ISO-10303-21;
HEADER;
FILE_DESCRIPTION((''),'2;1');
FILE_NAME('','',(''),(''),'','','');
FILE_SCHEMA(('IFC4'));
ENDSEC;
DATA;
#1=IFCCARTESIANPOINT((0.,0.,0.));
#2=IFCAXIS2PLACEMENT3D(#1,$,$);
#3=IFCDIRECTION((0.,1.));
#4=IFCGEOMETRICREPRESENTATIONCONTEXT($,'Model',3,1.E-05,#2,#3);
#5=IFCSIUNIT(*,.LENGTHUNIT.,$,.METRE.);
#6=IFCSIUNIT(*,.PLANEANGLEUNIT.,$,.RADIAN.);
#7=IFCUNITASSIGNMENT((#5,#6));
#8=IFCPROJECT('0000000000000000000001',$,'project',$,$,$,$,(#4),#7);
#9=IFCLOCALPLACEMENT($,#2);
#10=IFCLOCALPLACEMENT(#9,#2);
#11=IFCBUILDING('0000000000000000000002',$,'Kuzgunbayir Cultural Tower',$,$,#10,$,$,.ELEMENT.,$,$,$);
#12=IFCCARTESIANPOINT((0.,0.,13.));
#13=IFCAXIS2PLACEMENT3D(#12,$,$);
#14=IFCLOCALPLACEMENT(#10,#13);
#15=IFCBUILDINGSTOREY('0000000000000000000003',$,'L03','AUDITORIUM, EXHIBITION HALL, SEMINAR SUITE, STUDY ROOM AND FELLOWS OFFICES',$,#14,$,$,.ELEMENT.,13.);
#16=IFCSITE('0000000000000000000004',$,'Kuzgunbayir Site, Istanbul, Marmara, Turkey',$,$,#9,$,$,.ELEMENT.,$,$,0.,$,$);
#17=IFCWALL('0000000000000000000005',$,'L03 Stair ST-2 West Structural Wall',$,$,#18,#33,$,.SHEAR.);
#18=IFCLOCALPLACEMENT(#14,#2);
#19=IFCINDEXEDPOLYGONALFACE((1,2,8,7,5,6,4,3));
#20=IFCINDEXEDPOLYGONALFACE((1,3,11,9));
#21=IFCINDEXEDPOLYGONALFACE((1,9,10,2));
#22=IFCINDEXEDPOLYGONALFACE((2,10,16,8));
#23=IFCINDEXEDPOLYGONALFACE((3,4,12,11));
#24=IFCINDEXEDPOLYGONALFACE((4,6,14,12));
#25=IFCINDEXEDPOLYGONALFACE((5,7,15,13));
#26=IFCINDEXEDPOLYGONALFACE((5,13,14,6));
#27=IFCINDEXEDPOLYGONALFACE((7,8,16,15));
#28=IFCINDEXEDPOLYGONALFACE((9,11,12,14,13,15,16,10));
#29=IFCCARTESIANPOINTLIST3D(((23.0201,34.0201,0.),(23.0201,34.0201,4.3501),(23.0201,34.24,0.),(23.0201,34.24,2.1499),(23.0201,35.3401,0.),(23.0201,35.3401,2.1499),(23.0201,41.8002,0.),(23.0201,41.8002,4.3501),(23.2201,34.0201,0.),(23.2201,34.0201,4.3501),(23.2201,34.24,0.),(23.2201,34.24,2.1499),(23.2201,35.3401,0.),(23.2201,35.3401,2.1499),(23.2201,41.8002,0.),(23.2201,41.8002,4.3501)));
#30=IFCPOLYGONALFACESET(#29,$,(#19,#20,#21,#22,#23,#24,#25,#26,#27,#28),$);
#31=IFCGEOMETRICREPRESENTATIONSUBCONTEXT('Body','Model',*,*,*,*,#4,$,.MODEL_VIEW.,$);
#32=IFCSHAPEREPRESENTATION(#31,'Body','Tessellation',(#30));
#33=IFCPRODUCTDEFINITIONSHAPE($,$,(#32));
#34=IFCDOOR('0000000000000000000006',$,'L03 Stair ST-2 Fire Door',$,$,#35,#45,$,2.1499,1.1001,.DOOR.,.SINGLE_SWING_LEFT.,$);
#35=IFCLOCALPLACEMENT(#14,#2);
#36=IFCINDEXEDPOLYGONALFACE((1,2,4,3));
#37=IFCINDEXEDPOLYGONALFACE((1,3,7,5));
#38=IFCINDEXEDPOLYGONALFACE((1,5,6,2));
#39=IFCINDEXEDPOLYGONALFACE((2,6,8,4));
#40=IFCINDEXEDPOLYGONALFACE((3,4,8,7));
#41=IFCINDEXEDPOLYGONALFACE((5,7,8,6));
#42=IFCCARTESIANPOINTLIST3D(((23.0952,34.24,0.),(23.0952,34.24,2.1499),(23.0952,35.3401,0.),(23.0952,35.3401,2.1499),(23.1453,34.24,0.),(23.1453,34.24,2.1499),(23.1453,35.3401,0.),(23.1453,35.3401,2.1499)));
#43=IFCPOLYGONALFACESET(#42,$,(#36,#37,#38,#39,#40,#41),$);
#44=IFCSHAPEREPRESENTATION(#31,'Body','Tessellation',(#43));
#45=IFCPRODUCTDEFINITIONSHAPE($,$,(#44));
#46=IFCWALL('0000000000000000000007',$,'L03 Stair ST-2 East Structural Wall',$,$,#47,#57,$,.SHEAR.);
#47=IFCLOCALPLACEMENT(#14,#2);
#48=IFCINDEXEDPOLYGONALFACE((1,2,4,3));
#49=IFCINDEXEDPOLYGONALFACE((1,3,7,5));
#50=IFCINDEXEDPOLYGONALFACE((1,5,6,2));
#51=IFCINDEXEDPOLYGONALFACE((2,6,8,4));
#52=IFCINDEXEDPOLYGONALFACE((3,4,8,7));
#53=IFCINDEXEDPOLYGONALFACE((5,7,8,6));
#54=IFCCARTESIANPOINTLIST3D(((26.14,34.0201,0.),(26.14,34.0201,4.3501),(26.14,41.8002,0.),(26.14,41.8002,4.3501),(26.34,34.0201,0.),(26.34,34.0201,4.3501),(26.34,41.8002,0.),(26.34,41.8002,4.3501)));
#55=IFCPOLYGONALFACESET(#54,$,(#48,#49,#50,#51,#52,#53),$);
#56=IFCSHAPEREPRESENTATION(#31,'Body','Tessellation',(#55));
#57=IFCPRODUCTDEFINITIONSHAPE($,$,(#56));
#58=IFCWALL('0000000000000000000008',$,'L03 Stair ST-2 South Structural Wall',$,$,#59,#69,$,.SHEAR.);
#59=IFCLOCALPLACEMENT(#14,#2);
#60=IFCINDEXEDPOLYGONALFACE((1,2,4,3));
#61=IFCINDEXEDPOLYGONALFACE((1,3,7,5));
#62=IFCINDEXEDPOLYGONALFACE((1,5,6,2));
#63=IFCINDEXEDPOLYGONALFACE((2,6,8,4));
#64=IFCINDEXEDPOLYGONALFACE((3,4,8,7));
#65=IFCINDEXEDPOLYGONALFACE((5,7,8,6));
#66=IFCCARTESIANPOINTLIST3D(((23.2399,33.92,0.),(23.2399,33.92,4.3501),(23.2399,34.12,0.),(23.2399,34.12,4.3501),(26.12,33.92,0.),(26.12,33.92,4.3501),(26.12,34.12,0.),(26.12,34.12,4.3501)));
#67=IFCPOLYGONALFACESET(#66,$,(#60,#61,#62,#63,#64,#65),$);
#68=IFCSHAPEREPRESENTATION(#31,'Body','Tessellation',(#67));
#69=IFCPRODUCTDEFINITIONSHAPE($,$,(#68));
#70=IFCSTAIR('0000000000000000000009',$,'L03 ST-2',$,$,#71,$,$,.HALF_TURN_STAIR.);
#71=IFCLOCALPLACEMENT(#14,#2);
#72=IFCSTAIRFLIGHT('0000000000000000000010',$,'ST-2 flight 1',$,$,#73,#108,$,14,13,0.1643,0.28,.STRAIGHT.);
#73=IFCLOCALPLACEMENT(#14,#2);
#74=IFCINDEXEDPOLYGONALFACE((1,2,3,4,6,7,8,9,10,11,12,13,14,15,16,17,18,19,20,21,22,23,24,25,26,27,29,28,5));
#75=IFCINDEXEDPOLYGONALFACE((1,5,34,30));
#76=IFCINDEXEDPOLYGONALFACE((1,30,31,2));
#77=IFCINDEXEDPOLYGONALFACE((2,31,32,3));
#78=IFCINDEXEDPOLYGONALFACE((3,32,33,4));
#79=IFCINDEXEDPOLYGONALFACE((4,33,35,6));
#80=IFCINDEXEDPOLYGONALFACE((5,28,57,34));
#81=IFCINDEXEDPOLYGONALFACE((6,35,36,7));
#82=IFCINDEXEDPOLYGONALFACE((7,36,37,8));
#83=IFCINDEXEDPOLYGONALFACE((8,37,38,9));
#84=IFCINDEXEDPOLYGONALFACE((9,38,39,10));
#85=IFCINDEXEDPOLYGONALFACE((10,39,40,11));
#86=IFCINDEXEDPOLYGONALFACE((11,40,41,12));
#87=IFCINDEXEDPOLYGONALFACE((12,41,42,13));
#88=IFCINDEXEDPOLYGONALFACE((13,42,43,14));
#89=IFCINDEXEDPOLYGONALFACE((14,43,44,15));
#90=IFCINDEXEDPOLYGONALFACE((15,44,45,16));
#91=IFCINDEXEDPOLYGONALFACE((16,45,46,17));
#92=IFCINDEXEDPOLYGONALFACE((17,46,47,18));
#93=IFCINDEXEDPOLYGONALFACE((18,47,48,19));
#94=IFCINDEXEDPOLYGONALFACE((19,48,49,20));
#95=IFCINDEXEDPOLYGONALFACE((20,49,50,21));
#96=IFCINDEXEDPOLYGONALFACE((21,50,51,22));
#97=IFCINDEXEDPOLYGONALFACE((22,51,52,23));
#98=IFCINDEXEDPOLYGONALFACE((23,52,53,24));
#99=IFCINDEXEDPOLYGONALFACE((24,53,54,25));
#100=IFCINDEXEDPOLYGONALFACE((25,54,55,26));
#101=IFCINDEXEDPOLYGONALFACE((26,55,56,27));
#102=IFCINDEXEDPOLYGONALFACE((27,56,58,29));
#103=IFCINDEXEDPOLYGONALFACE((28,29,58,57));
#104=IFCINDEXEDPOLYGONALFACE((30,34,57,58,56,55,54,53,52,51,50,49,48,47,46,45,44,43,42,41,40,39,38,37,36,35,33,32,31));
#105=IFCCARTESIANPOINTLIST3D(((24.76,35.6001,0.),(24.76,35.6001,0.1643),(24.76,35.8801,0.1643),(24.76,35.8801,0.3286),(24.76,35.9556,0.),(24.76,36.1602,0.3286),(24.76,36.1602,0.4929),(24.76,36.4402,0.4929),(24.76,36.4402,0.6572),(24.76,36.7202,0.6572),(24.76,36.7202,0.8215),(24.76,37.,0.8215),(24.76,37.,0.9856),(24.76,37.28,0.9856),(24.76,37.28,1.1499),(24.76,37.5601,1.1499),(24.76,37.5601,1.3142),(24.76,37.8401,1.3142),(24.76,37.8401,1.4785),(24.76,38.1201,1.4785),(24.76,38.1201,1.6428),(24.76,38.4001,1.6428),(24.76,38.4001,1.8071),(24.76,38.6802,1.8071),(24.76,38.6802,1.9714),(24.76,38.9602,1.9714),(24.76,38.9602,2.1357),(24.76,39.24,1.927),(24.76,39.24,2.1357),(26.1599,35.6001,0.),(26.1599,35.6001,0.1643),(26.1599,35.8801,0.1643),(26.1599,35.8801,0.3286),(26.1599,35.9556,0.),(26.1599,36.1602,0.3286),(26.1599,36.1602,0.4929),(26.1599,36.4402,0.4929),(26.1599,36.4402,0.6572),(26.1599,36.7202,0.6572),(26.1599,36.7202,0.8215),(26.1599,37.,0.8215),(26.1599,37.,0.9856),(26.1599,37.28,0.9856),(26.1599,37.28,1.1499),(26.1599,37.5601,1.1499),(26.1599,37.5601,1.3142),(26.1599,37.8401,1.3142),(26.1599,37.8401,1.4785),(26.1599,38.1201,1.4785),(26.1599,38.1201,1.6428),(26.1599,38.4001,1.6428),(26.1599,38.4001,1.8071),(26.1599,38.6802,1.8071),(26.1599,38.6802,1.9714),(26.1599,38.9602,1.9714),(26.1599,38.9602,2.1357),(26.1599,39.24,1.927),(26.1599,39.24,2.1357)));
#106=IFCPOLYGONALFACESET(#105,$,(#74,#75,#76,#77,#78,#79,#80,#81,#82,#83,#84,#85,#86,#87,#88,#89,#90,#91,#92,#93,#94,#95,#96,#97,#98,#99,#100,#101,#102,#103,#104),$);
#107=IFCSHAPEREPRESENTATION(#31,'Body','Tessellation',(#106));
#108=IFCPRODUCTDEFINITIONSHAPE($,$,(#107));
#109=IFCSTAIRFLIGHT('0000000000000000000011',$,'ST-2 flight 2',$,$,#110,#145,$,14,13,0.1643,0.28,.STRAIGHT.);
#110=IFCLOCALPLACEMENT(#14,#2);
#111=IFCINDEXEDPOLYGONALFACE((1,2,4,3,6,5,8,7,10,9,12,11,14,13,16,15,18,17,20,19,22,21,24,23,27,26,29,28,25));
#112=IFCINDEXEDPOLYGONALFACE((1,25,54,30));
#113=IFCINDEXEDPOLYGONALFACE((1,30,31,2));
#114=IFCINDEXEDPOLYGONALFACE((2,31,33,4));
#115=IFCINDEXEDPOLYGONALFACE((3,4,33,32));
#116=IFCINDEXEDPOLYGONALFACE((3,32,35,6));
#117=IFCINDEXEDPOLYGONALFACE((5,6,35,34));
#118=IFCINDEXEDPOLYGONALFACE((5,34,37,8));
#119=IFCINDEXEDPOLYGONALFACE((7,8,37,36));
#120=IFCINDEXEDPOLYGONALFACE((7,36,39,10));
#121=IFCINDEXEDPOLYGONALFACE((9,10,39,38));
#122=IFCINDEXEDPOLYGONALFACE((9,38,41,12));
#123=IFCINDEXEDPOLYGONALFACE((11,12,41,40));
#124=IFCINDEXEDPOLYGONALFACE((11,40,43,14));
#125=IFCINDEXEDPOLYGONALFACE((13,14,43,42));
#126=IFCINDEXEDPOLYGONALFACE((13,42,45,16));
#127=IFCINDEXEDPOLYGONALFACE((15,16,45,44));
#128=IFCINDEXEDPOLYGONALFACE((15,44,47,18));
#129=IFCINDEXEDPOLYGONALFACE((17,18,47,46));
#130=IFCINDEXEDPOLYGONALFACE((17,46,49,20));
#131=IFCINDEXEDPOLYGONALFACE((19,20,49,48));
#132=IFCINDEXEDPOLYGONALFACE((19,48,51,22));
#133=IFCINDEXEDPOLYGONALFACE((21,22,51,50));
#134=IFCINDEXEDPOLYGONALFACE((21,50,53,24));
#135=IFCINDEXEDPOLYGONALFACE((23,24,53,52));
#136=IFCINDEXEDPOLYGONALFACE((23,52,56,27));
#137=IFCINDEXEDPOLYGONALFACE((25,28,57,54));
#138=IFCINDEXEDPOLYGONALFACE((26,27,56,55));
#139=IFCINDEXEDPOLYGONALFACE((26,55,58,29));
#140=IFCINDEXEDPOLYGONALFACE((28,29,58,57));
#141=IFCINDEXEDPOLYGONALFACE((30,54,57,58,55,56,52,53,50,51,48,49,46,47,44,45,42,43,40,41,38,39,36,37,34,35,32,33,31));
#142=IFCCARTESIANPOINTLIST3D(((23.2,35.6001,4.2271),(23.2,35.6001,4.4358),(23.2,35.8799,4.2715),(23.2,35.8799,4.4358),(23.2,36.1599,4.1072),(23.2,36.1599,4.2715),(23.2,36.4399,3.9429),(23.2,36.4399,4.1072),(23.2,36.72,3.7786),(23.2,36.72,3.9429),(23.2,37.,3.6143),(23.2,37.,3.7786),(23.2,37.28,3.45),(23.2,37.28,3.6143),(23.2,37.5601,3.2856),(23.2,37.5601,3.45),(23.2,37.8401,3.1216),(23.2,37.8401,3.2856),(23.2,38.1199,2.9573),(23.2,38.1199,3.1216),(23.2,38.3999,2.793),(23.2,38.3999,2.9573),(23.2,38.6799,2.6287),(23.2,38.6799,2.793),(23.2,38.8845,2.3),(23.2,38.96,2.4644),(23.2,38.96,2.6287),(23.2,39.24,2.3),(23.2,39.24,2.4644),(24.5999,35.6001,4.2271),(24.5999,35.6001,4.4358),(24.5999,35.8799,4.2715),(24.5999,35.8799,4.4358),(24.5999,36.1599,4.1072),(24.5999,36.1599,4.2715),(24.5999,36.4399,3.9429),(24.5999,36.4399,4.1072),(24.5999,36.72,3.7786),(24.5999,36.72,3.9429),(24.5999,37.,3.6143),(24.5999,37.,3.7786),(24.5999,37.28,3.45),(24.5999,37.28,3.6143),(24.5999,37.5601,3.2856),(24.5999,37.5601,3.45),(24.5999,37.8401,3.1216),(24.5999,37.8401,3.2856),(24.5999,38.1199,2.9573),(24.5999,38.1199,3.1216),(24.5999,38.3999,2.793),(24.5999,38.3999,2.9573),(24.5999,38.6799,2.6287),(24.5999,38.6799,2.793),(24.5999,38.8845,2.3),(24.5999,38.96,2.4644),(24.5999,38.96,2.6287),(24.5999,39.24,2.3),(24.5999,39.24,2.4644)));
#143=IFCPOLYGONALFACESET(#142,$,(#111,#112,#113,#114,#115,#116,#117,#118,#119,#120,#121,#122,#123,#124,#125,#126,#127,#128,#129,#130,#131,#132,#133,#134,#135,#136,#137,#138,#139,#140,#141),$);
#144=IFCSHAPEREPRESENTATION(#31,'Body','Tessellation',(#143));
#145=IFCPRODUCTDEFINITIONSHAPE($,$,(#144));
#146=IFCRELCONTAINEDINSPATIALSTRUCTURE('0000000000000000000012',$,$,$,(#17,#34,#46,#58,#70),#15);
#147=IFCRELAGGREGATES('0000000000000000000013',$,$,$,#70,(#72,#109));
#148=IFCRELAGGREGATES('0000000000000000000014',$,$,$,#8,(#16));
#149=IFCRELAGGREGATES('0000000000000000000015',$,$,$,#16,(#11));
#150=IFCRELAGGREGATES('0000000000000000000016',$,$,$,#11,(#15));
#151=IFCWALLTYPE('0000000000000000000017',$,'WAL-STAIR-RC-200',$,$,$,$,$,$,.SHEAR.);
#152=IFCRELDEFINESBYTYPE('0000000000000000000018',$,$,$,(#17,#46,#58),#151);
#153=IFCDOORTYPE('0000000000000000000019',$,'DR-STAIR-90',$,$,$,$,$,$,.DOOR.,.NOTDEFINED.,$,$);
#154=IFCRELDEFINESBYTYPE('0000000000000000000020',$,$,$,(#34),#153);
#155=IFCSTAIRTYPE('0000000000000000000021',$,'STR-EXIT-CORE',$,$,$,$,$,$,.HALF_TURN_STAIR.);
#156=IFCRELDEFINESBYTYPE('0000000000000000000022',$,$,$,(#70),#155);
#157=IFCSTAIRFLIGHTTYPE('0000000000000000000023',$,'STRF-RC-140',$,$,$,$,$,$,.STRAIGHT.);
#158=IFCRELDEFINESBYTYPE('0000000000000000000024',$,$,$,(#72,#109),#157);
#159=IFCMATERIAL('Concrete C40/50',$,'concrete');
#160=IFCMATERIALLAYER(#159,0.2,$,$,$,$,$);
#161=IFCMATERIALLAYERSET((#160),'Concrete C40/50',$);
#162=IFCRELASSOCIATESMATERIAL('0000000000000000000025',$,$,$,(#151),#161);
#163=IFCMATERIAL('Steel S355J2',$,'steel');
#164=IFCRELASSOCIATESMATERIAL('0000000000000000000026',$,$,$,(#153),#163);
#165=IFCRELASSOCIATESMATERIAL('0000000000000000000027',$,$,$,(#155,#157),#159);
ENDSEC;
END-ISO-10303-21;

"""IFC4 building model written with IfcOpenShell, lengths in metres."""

from ifc_helpers import new_model, si_unit, direction, frame, frame_2d, origin, place, context, subcontext, project, spatial, polyline, rectangle, outline, extrude, material, layer, layer_set, type_object, element, fill, aggregate, save


model = new_model("IFC4")

# Units and contexts
model_context = context("Model", 3, precision=1e-05, world=origin(), true_north=direction((0.0, 1.0)))
body_context = subcontext(model_context, "Body", "Model", "MODEL_VIEW")
ifc_project = project(units=[si_unit("LENGTHUNIT", "METRE"), si_unit("PLANEANGLEUNIT", "RADIAN")], contexts=[model_context])

# Site, building, storey
site_placement = place(None, origin())
site = spatial("IfcSite", under=ifc_project, at=site_placement, Name="Kuzgunbayir Site, Istanbul, Marmara, Turkey", CompositionType="ELEMENT", RefElevation=0.0)
building_placement = place(site_placement, origin())
building = spatial("IfcBuilding", under=site, at=building_placement, Name="Kuzgunbayir Cultural Tower", CompositionType="ELEMENT")
storey_placement = place(building_placement, frame((0.0, 0.0, 13.0)))
storey = spatial("IfcBuildingStorey", under=building, at=storey_placement, Name="L03", Description="AUDITORIUM, EXHIBITION HALL, SEMINAR SUITE, STUDY ROOM AND FELLOWS OFFICES", CompositionType="ELEMENT", Elevation=13.0)

# Shared definitions
ifc_material_1 = material(Name="Steel S355J2", Category="steel")

# Shared definitions
ifc_material_2 = material(Name="Concrete C40/50", Category="concrete")

# Wall, opening, door
ifc_layer_1 = layer(ifc_material_2, 0.2)
ifc_layer_set_1 = layer_set([ifc_layer_1], Name="Concrete C40/50")
wall_type_1 = type_object("IfcWallType", Name="WAL-STAIR-RC-200", PredefinedType="SHEAR", material=ifc_layer_set_1)
wall_1_placement = place(storey_placement, frame((23.1201, 34.02, 0.0), z_axis=(0.0, 0.0, 1.0), x_axis=(0.0, 1.0, 0.0)))
wall_1 = element("IfcWall", 1, at=wall_1_placement, inside=storey, type_object=wall_type_1, Name="L03 Stair ST-2 West Structural Wall", PredefinedType="SHEAR", context=body_context, shape_type="SweptSolid", body=[
    extrude(rectangle(XDim=7.78, YDim=0.2, at=frame_2d((3.8901, 0.0))), origin(), (0.0, 0.0, 1.0), 4.3501),
])
opening_1_placement = place(wall_1_placement, frame((0.22, 0.0, 0.0)))
opening_1 = element("IfcOpeningElement", 2, at=opening_1_placement, cuts=wall_1, PredefinedType="OPENING", context=body_context, shape_type="SweptSolid", body=[
    extrude(rectangle(XDim=1.1001, YDim=2.1499, at=frame_2d((0.55, 1.075))), frame((0.0, 0.1099, 0.0), z_axis=(0.0, -1.0, 0.0), x_axis=(1.0, 0.0, 0.0)), (0.0, 0.0, 1.0), 0.22),
])
door_type_1 = type_object("IfcDoorType", Name="DR-STAIR-90", OperationType="NOTDEFINED", PredefinedType="DOOR", material=ifc_material_1)
door_1_placement = place(opening_1_placement, origin())
door_1 = element("IfcDoor", 3, at=door_1_placement, inside=storey, type_object=door_type_1, Name="L03 Stair ST-2 Fire Door", OperationType="SINGLE_SWING_LEFT", OverallHeight=2.1499, OverallWidth=1.1001, PredefinedType="DOOR", context=body_context, shape_type="SweptSolid", body=[
    extrude(rectangle(XDim=1.1001, YDim=2.1499, at=frame_2d((0.55, 1.075))), frame((0.0, 0.0249, 0.0), z_axis=(0.0, -1.0, 0.0), x_axis=(1.0, 0.0, 0.0)), (0.0, 0.0, 1.0), 0.05),
])
fill(opening_1, door_1)

# Walls
wall_2_placement = place(storey_placement, frame((26.24, 34.02, 0.0), z_axis=(0.0, 0.0, 1.0), x_axis=(0.0, 1.0, 0.0)))
element("IfcWall", 4, at=wall_2_placement, inside=storey, type_object=wall_type_1, Name="L03 Stair ST-2 East Structural Wall", PredefinedType="SHEAR", context=body_context, shape_type="SweptSolid", body=[
    extrude(rectangle(XDim=7.78, YDim=0.2, at=frame_2d((3.8901, 0.0))), origin(), (0.0, 0.0, 1.0), 4.3501),
])
wall_3_placement = place(storey_placement, frame((23.24, 34.02, 0.0), z_axis=(0.0, 0.0, 1.0), x_axis=(1.0, 0.0, 0.0)))
element("IfcWall", 5, at=wall_3_placement, inside=storey, type_object=wall_type_1, Name="L03 Stair ST-2 South Structural Wall", PredefinedType="SHEAR", context=body_context, shape_type="SweptSolid", body=[
    extrude(rectangle(XDim=2.8801, YDim=0.2, at=frame_2d((1.4399, 0.0))), origin(), (0.0, 0.0, 1.0), 4.3501),
])

# Stair, stair flights
stair_type = type_object("IfcStairType", Name="STR-EXIT-CORE", PredefinedType="HALF_TURN_STAIR", material=ifc_material_2)
stair_placement = place(storey_placement, origin())
stair = element("IfcStair", 6, at=stair_placement, inside=storey, type_object=stair_type, Name="L03 ST-2", PredefinedType="HALF_TURN_STAIR")
stair_flight_type = type_object("IfcStairFlightType", Name="STRF-RC-140", PredefinedType="STRAIGHT", material=ifc_material_2)
stair_flight_1_placement = place(storey_placement, frame((25.46, 35.6001, 0.0), z_axis=(0.0, 0.0, 1.0), x_axis=(0.0, 1.0, 0.0)))
stair_flight_1 = element("IfcStairFlight", 7, at=stair_flight_1_placement, type_object=stair_flight_type, Name="ST-2 flight 1", NumberOfRisers=14, NumberOfTreads=13, PredefinedType="STRAIGHT", RiserHeight=0.1643, TreadLength=0.28, context=body_context, shape_type="SweptSolid", body=[
    extrude(outline(polyline([(0.0, 0.0), (0.0, 0.1643), (0.28, 0.1643), (0.28, 0.3286), (0.5601, 0.3286), (0.5601, 0.4929), (0.8401, 0.4929), (0.8401, 0.6572), (1.1201, 0.6572), (1.1201, 0.8215), (1.3999, 0.8215), (1.3999, 0.9856), (1.6799, 0.9856), (1.6799, 1.1499), (1.96, 1.1499), (1.96, 1.3142), (2.24, 1.3142), (2.24, 1.4785), (2.52, 1.4785), (2.52, 1.6428), (2.8, 1.6428), (2.8, 1.8071), (3.0801, 1.8071), (3.0801, 1.9714), (3.3601, 1.9714), (3.3601, 2.1357), (3.6399, 2.1357), (3.6399, 2.3), (3.6399, 1.927), (0.3555, 0.0), (0.0, 0.0)])), frame((0.0, 0.7, 0.0), z_axis=(0.0, -1.0, 0.0), x_axis=(1.0, 0.0, 0.0)), (0.0, 0.0, 1.0), 1.3999),
])
stair_flight_2_placement = place(storey_placement, frame((23.8999, 39.24, 2.3), z_axis=(0.0, 0.0, 1.0), x_axis=(0.0, -1.0, 0.0)))
stair_flight_2 = element("IfcStairFlight", 8, at=stair_flight_2_placement, type_object=stair_flight_type, Name="ST-2 flight 2", NumberOfRisers=14, NumberOfTreads=13, PredefinedType="STRAIGHT", RiserHeight=0.1643, TreadLength=0.28, context=body_context, shape_type="SweptSolid", body=[
    extrude(outline(polyline([(0.0, 0.0), (0.0, 0.1643), (0.28, 0.1643), (0.28, 0.3286), (0.5601, 0.3286), (0.5601, 0.4929), (0.8401, 0.4929), (0.8401, 0.6572), (1.1201, 0.6572), (1.1201, 0.8215), (1.3999, 0.8215), (1.3999, 0.9856), (1.6799, 0.9856), (1.6799, 1.1499), (1.96, 1.1499), (1.96, 1.3142), (2.24, 1.3142), (2.24, 1.4785), (2.52, 1.4785), (2.52, 1.6428), (2.8, 1.6428), (2.8, 1.8071), (3.0801, 1.8071), (3.0801, 1.9714), (3.3601, 1.9714), (3.3601, 2.1357), (3.6399, 2.1357), (3.6399, 2.3), (3.6399, 1.927), (0.3555, 0.0), (0.0, 0.0)])), frame((0.0, 0.7, 0.0), z_axis=(0.0, -1.0, 0.0), x_axis=(1.0, 0.0, 0.0)), (0.0, 0.0, 1.0), 1.3999),
])
aggregate(stair, [stair_flight_1, stair_flight_2])

save(model, "model.ifc")
